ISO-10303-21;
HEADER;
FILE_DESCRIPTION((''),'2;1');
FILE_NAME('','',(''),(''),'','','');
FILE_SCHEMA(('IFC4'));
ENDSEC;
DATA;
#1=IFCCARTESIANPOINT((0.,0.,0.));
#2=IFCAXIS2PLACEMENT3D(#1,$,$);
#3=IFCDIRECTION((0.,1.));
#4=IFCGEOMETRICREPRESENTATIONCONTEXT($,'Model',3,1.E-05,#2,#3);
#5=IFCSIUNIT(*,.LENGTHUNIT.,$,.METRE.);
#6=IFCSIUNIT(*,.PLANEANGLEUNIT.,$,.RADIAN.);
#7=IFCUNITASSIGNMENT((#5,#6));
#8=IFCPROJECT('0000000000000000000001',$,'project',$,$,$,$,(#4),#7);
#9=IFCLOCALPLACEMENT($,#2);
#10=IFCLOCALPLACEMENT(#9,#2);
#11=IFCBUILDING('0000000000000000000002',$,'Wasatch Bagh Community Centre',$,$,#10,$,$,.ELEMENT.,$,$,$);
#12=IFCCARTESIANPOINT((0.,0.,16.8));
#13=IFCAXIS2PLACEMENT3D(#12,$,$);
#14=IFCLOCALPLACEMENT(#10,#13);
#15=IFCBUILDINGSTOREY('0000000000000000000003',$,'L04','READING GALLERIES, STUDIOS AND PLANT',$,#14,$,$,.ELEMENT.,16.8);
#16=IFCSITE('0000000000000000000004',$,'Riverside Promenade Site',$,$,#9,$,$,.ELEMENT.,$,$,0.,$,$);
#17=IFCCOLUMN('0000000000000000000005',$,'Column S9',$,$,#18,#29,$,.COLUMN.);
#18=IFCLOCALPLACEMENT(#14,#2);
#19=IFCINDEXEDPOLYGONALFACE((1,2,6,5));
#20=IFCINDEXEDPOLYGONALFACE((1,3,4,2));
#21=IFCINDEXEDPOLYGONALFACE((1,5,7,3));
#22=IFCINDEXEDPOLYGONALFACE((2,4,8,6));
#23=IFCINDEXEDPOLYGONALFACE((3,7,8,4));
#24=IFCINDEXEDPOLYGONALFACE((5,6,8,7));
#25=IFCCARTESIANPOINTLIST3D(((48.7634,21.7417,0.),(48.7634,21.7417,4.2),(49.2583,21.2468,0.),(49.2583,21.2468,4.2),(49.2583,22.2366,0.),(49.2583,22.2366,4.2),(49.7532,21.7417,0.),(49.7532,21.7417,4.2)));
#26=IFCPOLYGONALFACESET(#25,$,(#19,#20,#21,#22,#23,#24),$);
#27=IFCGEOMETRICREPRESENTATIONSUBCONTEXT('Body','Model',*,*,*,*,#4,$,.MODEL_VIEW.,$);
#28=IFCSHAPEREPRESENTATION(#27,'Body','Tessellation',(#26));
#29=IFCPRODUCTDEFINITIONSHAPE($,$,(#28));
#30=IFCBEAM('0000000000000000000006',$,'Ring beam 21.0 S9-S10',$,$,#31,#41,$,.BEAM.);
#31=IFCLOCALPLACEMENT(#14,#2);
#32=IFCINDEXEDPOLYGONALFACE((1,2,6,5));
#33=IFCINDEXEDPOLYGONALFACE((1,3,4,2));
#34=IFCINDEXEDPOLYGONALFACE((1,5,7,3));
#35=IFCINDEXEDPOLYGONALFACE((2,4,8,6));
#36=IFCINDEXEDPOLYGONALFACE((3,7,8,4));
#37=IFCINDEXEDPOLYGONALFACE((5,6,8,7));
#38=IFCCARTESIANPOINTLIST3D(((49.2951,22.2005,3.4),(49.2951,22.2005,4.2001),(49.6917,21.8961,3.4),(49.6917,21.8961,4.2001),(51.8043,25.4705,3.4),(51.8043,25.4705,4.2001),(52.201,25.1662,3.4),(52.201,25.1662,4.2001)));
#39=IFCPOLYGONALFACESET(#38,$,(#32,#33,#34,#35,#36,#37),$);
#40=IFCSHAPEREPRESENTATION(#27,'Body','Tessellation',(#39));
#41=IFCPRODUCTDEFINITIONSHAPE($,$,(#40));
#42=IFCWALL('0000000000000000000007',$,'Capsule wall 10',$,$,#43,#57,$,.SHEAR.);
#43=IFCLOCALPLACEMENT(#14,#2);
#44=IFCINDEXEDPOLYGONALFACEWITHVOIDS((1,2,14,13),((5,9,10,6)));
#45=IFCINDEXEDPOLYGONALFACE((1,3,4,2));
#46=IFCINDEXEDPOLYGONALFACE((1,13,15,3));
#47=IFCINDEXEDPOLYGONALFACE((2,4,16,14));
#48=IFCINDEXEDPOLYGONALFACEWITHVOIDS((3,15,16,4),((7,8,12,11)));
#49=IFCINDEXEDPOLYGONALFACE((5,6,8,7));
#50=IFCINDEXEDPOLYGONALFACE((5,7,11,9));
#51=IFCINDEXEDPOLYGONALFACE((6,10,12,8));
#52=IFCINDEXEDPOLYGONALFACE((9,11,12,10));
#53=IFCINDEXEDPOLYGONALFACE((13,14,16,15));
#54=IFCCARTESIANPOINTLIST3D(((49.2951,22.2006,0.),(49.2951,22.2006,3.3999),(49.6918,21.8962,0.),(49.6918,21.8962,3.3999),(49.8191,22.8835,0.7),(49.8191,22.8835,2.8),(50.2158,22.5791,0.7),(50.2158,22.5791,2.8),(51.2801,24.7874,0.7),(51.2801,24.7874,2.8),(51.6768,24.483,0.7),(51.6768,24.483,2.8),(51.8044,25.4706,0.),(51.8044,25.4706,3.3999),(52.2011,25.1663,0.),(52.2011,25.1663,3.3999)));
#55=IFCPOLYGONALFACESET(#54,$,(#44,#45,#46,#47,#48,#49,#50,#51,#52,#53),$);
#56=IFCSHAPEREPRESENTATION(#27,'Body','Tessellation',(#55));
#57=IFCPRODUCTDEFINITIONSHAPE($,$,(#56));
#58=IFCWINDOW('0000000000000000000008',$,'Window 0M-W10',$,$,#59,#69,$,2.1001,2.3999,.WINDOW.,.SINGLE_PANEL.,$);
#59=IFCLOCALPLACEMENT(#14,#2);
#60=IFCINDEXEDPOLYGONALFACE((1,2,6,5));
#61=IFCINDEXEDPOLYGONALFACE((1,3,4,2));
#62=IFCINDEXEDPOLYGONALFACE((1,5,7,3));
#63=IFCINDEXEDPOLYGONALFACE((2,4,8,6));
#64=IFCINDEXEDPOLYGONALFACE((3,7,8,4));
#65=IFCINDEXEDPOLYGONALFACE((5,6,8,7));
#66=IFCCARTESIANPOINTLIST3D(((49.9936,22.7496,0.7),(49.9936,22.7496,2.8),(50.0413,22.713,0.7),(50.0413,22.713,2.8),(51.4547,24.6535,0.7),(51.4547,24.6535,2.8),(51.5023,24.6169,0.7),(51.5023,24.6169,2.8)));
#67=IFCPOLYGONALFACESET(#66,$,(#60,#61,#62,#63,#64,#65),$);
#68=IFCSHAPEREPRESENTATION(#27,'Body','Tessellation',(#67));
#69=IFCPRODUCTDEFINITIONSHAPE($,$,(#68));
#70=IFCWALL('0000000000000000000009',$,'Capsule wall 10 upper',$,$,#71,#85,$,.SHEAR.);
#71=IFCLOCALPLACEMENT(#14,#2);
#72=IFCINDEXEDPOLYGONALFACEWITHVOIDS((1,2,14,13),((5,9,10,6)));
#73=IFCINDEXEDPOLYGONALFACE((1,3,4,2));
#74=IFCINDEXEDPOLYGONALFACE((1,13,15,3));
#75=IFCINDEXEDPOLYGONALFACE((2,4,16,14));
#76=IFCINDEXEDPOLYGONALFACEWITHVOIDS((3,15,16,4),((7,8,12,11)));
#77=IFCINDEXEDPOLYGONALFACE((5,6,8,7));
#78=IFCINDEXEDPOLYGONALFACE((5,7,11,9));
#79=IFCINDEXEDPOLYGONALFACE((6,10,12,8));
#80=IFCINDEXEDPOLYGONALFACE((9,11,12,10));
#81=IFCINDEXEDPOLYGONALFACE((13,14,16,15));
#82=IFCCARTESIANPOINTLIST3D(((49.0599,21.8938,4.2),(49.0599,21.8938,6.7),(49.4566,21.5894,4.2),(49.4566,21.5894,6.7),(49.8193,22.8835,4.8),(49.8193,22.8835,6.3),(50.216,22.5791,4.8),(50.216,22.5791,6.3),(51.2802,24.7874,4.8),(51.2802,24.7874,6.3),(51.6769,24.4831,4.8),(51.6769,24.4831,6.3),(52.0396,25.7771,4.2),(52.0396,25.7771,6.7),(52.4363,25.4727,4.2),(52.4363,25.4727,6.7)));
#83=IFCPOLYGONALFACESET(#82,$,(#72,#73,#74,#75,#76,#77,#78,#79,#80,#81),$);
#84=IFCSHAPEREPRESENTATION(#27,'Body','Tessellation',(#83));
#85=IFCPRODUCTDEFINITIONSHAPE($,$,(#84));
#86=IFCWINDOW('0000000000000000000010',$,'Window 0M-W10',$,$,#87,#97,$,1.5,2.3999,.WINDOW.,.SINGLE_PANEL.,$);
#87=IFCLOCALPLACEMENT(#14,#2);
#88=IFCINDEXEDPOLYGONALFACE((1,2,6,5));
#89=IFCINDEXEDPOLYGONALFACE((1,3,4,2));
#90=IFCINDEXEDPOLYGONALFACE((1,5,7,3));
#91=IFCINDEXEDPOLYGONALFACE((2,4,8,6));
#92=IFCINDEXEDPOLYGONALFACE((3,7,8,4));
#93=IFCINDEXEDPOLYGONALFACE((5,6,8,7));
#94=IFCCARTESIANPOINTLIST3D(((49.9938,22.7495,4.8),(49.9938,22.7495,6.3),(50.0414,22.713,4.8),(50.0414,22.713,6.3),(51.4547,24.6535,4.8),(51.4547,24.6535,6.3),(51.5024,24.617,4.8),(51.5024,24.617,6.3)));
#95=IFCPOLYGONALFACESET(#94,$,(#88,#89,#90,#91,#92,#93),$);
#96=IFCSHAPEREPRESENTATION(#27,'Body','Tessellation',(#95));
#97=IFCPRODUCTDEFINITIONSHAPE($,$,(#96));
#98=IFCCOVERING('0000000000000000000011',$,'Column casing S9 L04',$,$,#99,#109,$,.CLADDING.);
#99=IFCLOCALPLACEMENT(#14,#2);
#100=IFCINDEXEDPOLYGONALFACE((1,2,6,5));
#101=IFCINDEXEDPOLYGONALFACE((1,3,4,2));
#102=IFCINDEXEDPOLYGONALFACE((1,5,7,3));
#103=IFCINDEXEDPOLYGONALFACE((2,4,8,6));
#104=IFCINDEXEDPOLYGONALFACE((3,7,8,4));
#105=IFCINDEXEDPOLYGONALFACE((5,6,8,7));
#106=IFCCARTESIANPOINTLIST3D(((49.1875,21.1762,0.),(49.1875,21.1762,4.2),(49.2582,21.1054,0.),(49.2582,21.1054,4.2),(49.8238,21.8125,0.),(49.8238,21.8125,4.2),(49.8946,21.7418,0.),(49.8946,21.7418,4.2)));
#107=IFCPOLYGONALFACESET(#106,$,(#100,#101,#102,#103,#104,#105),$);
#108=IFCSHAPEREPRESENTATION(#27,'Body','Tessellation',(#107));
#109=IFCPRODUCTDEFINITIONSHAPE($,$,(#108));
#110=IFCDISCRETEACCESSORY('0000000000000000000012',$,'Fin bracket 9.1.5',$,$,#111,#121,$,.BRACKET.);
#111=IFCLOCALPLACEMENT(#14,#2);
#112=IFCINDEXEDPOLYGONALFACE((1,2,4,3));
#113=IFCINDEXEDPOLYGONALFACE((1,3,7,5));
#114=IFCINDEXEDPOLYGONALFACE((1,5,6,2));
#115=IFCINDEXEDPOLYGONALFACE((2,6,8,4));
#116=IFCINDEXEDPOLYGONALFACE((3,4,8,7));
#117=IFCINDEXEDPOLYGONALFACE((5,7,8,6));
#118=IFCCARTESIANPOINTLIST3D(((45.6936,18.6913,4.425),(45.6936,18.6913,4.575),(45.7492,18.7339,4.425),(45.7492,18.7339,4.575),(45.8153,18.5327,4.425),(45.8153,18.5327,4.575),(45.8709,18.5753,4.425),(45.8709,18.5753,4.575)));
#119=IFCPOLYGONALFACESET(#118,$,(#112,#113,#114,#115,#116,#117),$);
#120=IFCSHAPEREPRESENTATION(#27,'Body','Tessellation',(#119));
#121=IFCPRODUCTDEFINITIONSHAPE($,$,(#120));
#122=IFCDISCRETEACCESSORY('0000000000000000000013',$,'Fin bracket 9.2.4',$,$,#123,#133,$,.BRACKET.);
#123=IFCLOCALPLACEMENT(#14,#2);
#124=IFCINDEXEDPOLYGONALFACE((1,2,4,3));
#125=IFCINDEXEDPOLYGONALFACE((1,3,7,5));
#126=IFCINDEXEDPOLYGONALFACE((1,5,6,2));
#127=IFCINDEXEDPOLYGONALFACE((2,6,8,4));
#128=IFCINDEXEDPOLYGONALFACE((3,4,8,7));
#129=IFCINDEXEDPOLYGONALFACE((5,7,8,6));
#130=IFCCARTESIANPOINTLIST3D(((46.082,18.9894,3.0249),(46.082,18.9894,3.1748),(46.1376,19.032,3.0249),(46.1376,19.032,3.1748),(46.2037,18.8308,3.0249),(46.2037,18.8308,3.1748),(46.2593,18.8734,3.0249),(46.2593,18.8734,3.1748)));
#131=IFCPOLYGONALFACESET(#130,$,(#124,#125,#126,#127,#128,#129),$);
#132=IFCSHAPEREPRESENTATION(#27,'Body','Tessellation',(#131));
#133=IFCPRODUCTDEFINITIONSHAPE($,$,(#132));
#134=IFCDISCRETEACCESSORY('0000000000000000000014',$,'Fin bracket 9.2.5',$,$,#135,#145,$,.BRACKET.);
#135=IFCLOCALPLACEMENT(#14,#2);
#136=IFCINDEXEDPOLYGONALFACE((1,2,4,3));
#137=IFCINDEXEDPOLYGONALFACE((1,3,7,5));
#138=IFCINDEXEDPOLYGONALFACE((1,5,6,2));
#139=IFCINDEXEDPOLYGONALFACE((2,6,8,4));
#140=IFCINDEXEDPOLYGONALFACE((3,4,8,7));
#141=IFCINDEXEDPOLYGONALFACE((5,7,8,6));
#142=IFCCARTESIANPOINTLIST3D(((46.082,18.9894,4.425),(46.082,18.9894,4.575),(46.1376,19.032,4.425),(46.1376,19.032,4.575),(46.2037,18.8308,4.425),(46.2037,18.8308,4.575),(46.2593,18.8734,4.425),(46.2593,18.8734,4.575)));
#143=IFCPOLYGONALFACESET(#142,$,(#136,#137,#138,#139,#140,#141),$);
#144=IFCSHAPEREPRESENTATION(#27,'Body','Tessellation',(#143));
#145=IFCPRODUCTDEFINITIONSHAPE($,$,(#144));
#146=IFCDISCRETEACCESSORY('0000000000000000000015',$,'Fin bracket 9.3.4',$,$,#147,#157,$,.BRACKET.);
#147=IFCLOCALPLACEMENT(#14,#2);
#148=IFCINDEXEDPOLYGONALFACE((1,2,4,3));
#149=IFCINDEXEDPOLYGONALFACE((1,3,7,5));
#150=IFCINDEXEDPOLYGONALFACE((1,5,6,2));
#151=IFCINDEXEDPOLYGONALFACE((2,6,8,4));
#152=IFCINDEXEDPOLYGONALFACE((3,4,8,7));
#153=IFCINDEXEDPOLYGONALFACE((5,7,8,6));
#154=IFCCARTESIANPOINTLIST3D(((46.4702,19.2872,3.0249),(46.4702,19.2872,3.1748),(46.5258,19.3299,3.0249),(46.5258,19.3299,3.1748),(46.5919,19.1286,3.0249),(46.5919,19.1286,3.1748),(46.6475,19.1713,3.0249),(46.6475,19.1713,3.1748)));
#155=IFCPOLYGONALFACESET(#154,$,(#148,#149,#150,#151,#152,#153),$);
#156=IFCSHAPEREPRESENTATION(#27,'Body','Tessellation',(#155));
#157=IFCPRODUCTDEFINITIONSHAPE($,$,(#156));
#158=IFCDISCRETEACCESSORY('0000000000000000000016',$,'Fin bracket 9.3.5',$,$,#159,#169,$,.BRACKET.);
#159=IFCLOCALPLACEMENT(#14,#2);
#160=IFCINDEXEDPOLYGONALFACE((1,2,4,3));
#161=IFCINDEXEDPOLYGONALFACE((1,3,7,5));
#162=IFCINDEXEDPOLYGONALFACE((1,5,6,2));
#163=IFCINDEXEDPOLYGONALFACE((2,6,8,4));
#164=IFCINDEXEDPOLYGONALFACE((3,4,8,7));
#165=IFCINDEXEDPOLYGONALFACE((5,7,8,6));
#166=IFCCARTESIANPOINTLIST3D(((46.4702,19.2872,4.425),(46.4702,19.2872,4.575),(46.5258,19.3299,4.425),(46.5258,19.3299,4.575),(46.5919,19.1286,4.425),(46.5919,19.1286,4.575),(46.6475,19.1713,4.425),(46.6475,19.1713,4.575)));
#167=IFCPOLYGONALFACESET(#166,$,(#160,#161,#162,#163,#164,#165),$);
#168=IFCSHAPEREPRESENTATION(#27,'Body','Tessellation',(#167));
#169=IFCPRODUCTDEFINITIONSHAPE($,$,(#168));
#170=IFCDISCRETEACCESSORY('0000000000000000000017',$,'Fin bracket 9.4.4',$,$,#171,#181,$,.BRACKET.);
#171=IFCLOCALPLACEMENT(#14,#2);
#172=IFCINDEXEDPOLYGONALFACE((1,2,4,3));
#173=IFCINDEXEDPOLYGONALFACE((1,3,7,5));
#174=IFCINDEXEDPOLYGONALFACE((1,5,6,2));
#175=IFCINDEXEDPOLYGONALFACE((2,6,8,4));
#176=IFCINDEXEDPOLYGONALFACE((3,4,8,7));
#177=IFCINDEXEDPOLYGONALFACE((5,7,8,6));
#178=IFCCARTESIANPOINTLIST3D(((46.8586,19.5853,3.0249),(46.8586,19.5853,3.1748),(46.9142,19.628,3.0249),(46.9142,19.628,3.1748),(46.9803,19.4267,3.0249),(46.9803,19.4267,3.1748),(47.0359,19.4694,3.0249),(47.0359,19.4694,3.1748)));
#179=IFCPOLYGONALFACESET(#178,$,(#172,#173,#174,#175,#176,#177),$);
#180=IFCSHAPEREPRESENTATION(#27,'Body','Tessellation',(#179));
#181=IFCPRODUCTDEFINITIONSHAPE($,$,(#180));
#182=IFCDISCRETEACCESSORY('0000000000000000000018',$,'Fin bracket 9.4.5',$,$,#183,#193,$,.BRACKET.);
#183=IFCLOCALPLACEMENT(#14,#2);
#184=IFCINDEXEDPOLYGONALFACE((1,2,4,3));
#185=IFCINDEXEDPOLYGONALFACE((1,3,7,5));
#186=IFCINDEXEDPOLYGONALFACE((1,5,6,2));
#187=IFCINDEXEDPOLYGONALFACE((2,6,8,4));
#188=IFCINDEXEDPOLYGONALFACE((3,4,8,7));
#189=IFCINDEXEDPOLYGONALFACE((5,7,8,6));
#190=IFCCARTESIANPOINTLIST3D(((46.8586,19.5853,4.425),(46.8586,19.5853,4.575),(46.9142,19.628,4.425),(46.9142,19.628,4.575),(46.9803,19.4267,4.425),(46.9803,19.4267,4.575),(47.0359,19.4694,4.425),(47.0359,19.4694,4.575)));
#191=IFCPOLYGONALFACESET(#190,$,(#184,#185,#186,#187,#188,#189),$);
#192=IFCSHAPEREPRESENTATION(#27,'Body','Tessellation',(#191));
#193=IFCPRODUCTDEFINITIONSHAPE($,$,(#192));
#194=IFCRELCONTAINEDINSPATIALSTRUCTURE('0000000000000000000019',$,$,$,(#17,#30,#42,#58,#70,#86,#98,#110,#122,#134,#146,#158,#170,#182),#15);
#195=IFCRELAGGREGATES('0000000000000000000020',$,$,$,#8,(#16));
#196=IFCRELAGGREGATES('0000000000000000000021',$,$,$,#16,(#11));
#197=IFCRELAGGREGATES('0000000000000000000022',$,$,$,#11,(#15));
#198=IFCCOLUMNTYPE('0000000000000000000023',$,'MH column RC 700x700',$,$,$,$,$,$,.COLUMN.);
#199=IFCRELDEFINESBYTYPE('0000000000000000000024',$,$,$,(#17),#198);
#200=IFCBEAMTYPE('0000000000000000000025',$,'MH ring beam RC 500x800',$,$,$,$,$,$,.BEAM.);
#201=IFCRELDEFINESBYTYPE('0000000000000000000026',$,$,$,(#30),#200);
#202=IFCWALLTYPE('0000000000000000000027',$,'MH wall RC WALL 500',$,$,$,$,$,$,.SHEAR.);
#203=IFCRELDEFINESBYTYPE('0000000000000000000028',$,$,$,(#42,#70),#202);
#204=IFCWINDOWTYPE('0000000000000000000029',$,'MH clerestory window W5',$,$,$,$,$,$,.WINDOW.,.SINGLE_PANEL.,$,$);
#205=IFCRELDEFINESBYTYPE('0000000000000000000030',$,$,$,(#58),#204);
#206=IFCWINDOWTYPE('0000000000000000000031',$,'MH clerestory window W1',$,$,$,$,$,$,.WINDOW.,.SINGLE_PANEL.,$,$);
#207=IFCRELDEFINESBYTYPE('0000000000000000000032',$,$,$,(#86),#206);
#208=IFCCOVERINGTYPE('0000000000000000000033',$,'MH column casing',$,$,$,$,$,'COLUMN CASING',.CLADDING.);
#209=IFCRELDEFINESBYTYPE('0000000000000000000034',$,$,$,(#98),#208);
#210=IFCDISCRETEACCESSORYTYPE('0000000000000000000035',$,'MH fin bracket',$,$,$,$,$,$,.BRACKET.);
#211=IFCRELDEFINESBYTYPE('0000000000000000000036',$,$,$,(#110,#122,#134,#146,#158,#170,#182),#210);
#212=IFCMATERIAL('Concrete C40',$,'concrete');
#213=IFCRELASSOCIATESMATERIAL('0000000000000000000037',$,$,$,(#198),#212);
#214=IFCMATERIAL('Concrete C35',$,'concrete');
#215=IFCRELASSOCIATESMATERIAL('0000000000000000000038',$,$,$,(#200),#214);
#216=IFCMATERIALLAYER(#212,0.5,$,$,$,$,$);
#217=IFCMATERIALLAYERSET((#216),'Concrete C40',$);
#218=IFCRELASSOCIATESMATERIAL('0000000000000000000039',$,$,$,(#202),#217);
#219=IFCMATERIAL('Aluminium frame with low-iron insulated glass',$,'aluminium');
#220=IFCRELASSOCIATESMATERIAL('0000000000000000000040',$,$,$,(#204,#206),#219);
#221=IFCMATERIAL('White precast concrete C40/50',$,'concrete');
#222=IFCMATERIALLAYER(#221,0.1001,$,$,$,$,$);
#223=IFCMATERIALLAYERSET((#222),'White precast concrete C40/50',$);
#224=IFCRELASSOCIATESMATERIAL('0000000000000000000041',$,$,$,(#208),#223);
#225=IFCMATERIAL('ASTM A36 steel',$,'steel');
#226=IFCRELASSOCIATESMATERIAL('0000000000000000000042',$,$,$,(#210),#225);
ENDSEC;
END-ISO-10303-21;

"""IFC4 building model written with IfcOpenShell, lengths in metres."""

from ifc_helpers import new_model, si_unit, direction, frame, frame_2d, origin, origin_2d, place, context, subcontext, project, spatial, rectangle, extrude, material, layer, layer_set, material_profile, profile_set, type_object, element, fill, save


model = new_model("IFC4")

# Units and contexts
model_context = context("Model", 3, precision=1e-05, world=origin(), true_north=direction((0.0, 1.0)))
body_context = subcontext(model_context, "Body", "Model", "MODEL_VIEW")
ifc_project = project(units=[si_unit("LENGTHUNIT", "METRE"), si_unit("PLANEANGLEUNIT", "RADIAN")], contexts=[model_context])

# Site, building, storey
site_placement = place(None, origin())
site = spatial("IfcSite", under=ifc_project, at=site_placement, Name="Riverside Promenade Site", CompositionType="ELEMENT", RefElevation=0.0)
building_placement = place(site_placement, origin())
building = spatial("IfcBuilding", under=site, at=building_placement, Name="Wasatch Bagh Community Centre", CompositionType="ELEMENT")
storey_placement = place(building_placement, frame((0.0, 0.0, 16.8)))
storey = spatial("IfcBuildingStorey", under=building, at=storey_placement, Name="L04", Description="READING GALLERIES, STUDIOS AND PLANT", CompositionType="ELEMENT", Elevation=16.8)

# Column
ifc_material_1 = material(Name="Concrete C40", Category="concrete")
ifc_material_profile_1 = material_profile(ifc_material_1, rectangle(XDim=0.7, YDim=0.7, at=origin_2d()), Name="RC 700x700")
ifc_profile_set_1 = profile_set([ifc_material_profile_1], Name="Concrete C40")
column_type = type_object("IfcColumnType", Name="MH column RC 700x700", PredefinedType="COLUMN", material=ifc_profile_set_1)
column_placement = place(storey_placement, frame((49.2583, 21.7417, 0.0), z_axis=(0.0, 0.0, 1.0), x_axis=(0.707107, 0.707107, 0.0)))
element("IfcColumn", 1, at=column_placement, inside=storey, type_object=column_type, Name="Column S9", PredefinedType="COLUMN", context=body_context, shape_type="SweptSolid", body=[
    extrude(rectangle(XDim=0.7, YDim=0.7, at=origin_2d()), origin(), (0.0, 0.0, 1.0), 4.2),
])

# Beam
ifc_material_2 = material(Name="Concrete C35", Category="concrete")
ifc_material_profile_2 = material_profile(ifc_material_2, rectangle(XDim=0.5, YDim=0.8, at=origin_2d()), Name="RC 500x800")
ifc_profile_set_2 = profile_set([ifc_material_profile_2], Name="Concrete C35")
beam_type = type_object("IfcBeamType", Name="MH ring beam RC 500x800", PredefinedType="BEAM", material=ifc_profile_set_2)
beam_placement = place(storey_placement, frame((49.4934, 22.0483, 3.8), z_axis=(0.608777, 0.793341, 0.0), x_axis=(-0.793341, 0.608777, 0.0)))
element("IfcBeam", 2, at=beam_placement, inside=storey, type_object=beam_type, Name="Ring beam 21.0 S9-S10", PredefinedType="BEAM", context=body_context, shape_type="SweptSolid", body=[
    extrude(rectangle(XDim=0.5, YDim=0.8, at=origin_2d()), origin(), (0.0, 0.0, 1.0), 4.1218),
])

# Walls, openings, windows
ifc_layer_1 = layer(ifc_material_1, 0.5)
ifc_layer_set_1 = layer_set([ifc_layer_1], Name="Concrete C40")
wall_type = type_object("IfcWallType", Name="MH wall RC WALL 500", PredefinedType="SHEAR", material=ifc_layer_set_1)
wall_1_placement = place(storey_placement, frame((49.4934, 22.0483, 0.0), z_axis=(0.0, 0.0, 1.0), x_axis=(0.608777, 0.793341, 0.0)))
wall_1 = element("IfcWall", 3, at=wall_1_placement, inside=storey, type_object=wall_type, Name="Capsule wall 10", PredefinedType="SHEAR", context=body_context, shape_type="SweptSolid", body=[
    extrude(rectangle(XDim=4.1218, YDim=0.5, at=frame_2d((2.061, 0.0))), origin(), (0.0, 0.0, 1.0), 3.3999),
])
opening_1_placement = place(wall_1_placement, frame((0.8608, 0.0, 0.7)))
opening_1 = element("IfcOpeningElement", 4, at=opening_1_placement, cuts=wall_1, PredefinedType="OPENING", context=body_context, shape_type="SweptSolid", body=[
    extrude(rectangle(XDim=2.3999, YDim=2.1001, at=frame_2d((1.2, 1.05))), frame((0.0, 0.26, 0.0), z_axis=(0.0, -1.0, 0.0), x_axis=(1.0, 0.0, 0.0)), (0.0, 0.0, 1.0), 0.52),
])
ifc_material_3 = material(Name="Aluminium frame with low-iron insulated glass", Category="aluminium")
window_type_1 = type_object("IfcWindowType", Name="MH clerestory window W5", PartitioningType="SINGLE_PANEL", PredefinedType="WINDOW", material=ifc_material_3)
window_1_placement = place(opening_1_placement, origin())
window_1 = element("IfcWindow", 5, at=window_1_placement, inside=storey, type_object=window_type_1, Name="Window 0M-W10", OverallHeight=2.1001, OverallWidth=2.3999, PartitioningType="SINGLE_PANEL", PredefinedType="WINDOW", context=body_context, shape_type="SweptSolid", body=[
    extrude(rectangle(XDim=2.3999, YDim=2.1001, at=frame_2d((1.2, 1.05))), frame((0.0, 0.03, 0.0), z_axis=(0.0, -1.0, 0.0), x_axis=(1.0, 0.0, 0.0)), (0.0, 0.0, 1.0), 0.0601),
])
fill(opening_1, window_1)
wall_2_placement = place(storey_placement, frame((49.2583, 21.7417, 4.2), z_axis=(0.0, 0.0, 1.0), x_axis=(0.608758, 0.793356, 0.0)))
wall_2 = element("IfcWall", 6, at=wall_2_placement, inside=storey, type_object=wall_type, Name="Capsule wall 10 upper", PredefinedType="SHEAR", context=body_context, shape_type="SweptSolid", body=[
    extrude(rectangle(XDim=4.8948, YDim=0.5, at=frame_2d((2.4473, 0.0))), origin(), (0.0, 0.0, 1.0), 2.5),
])
opening_2_placement = place(wall_2_placement, frame((1.2473, 0.0, 0.6001)))
opening_2 = element("IfcOpeningElement", 7, at=opening_2_placement, cuts=wall_2, PredefinedType="OPENING", context=body_context, shape_type="SweptSolid", body=[
    extrude(rectangle(XDim=2.3999, YDim=1.5, at=frame_2d((1.2, 0.75))), frame((0.0, 0.26, 0.0), z_axis=(0.0, -1.0, 0.0), x_axis=(1.0, 0.0, 0.0)), (0.0, 0.0, 1.0), 0.52),
])
window_type_2 = type_object("IfcWindowType", Name="MH clerestory window W1", PartitioningType="SINGLE_PANEL", PredefinedType="WINDOW", material=ifc_material_3)
window_2_placement = place(opening_2_placement, origin())
window_2 = element("IfcWindow", 8, at=window_2_placement, inside=storey, type_object=window_type_2, Name="Window 0M-W10", OverallHeight=1.5, OverallWidth=2.3999, PartitioningType="SINGLE_PANEL", PredefinedType="WINDOW", context=body_context, shape_type="SweptSolid", body=[
    extrude(rectangle(XDim=2.3999, YDim=1.5, at=frame_2d((1.2, 0.75))), frame((0.0, 0.03, 0.0), z_axis=(0.0, -1.0, 0.0), x_axis=(1.0, 0.0, 0.0)), (0.0, 0.0, 1.0), 0.0601),
])
fill(opening_2, window_2)

# Covering
ifc_material_4 = material(Name="White precast concrete C40/50", Category="concrete")
ifc_layer_2 = layer(ifc_material_4, 0.1001)
ifc_layer_set_2 = layer_set([ifc_layer_2], Name="White precast concrete C40/50")
covering_type = type_object("IfcCoveringType", Name="MH column casing", ElementType="COLUMN CASING", PredefinedType="CLADDING", material=ifc_layer_set_2)
covering_placement = place(storey_placement, frame((49.541, 21.459, 0.0), z_axis=(0.0, 0.0, 1.0), x_axis=(0.707107, 0.707107, 0.0)))
element("IfcCovering", 9, at=covering_placement, inside=storey, type_object=covering_type, Name="Column casing S9 L04", PredefinedType="CLADDING", context=body_context, shape_type="SweptSolid", body=[
    extrude(rectangle(XDim=0.8999, YDim=0.1001, at=origin_2d()), origin(), (0.0, 0.0, 1.0), 4.2),
])

# Discrete accessories
ifc_material_5 = material(Name="ASTM A36 steel", Category="steel")
discrete_accessory_type = type_object("IfcDiscreteAccessoryType", Name="MH fin bracket", PredefinedType="BRACKET", material=ifc_material_5)
for number, where, z_axis, x_axis, name in (
    (10, (45.7822, 18.6333, 4.425), (0.0, 0.0, 1.0), (0.793353, 0.608761, 0.0), "Fin bracket 9.1.5"),
    (11, (46.1707, 18.9314, 3.0249), (0.0, 0.0, 1.0), (0.793353, 0.608761, 0.0), "Fin bracket 9.2.4"),
    (12, (46.1707, 18.9314, 4.425), (0.0, 0.0, 1.0), (0.793353, 0.608761, 0.0), "Fin bracket 9.2.5"),
    (13, (46.5588, 19.2292, 3.0249), (0.0, 0.0, 1.0), (0.793353, 0.608761, 0.0), "Fin bracket 9.3.4"),
    (14, (46.5588, 19.2292, 4.425), (0.0, 0.0, 1.0), (0.793353, 0.608761, 0.0), "Fin bracket 9.3.5"),
    (15, (46.9473, 19.5273, 3.0249), (0.0, 0.0, 1.0), (0.793353, 0.608761, 0.0), "Fin bracket 9.4.4"),
    (16, (46.9473, 19.5273, 4.425), (0.0, 0.0, 1.0), (0.793353, 0.608761, 0.0), "Fin bracket 9.4.5"),
):
    element("IfcDiscreteAccessory", number, at=place(storey_placement, frame(where, z_axis=z_axis, x_axis=x_axis)), inside=storey, type_object=discrete_accessory_type, Name=name, PredefinedType="BRACKET", context=body_context, shape_type="SweptSolid", body=[
        extrude(rectangle(XDim=0.0701, YDim=0.2, at=origin_2d()), origin(), (0.0, 0.0, 1.0), 0.1499),
    ])

save(model, "model.ifc")
